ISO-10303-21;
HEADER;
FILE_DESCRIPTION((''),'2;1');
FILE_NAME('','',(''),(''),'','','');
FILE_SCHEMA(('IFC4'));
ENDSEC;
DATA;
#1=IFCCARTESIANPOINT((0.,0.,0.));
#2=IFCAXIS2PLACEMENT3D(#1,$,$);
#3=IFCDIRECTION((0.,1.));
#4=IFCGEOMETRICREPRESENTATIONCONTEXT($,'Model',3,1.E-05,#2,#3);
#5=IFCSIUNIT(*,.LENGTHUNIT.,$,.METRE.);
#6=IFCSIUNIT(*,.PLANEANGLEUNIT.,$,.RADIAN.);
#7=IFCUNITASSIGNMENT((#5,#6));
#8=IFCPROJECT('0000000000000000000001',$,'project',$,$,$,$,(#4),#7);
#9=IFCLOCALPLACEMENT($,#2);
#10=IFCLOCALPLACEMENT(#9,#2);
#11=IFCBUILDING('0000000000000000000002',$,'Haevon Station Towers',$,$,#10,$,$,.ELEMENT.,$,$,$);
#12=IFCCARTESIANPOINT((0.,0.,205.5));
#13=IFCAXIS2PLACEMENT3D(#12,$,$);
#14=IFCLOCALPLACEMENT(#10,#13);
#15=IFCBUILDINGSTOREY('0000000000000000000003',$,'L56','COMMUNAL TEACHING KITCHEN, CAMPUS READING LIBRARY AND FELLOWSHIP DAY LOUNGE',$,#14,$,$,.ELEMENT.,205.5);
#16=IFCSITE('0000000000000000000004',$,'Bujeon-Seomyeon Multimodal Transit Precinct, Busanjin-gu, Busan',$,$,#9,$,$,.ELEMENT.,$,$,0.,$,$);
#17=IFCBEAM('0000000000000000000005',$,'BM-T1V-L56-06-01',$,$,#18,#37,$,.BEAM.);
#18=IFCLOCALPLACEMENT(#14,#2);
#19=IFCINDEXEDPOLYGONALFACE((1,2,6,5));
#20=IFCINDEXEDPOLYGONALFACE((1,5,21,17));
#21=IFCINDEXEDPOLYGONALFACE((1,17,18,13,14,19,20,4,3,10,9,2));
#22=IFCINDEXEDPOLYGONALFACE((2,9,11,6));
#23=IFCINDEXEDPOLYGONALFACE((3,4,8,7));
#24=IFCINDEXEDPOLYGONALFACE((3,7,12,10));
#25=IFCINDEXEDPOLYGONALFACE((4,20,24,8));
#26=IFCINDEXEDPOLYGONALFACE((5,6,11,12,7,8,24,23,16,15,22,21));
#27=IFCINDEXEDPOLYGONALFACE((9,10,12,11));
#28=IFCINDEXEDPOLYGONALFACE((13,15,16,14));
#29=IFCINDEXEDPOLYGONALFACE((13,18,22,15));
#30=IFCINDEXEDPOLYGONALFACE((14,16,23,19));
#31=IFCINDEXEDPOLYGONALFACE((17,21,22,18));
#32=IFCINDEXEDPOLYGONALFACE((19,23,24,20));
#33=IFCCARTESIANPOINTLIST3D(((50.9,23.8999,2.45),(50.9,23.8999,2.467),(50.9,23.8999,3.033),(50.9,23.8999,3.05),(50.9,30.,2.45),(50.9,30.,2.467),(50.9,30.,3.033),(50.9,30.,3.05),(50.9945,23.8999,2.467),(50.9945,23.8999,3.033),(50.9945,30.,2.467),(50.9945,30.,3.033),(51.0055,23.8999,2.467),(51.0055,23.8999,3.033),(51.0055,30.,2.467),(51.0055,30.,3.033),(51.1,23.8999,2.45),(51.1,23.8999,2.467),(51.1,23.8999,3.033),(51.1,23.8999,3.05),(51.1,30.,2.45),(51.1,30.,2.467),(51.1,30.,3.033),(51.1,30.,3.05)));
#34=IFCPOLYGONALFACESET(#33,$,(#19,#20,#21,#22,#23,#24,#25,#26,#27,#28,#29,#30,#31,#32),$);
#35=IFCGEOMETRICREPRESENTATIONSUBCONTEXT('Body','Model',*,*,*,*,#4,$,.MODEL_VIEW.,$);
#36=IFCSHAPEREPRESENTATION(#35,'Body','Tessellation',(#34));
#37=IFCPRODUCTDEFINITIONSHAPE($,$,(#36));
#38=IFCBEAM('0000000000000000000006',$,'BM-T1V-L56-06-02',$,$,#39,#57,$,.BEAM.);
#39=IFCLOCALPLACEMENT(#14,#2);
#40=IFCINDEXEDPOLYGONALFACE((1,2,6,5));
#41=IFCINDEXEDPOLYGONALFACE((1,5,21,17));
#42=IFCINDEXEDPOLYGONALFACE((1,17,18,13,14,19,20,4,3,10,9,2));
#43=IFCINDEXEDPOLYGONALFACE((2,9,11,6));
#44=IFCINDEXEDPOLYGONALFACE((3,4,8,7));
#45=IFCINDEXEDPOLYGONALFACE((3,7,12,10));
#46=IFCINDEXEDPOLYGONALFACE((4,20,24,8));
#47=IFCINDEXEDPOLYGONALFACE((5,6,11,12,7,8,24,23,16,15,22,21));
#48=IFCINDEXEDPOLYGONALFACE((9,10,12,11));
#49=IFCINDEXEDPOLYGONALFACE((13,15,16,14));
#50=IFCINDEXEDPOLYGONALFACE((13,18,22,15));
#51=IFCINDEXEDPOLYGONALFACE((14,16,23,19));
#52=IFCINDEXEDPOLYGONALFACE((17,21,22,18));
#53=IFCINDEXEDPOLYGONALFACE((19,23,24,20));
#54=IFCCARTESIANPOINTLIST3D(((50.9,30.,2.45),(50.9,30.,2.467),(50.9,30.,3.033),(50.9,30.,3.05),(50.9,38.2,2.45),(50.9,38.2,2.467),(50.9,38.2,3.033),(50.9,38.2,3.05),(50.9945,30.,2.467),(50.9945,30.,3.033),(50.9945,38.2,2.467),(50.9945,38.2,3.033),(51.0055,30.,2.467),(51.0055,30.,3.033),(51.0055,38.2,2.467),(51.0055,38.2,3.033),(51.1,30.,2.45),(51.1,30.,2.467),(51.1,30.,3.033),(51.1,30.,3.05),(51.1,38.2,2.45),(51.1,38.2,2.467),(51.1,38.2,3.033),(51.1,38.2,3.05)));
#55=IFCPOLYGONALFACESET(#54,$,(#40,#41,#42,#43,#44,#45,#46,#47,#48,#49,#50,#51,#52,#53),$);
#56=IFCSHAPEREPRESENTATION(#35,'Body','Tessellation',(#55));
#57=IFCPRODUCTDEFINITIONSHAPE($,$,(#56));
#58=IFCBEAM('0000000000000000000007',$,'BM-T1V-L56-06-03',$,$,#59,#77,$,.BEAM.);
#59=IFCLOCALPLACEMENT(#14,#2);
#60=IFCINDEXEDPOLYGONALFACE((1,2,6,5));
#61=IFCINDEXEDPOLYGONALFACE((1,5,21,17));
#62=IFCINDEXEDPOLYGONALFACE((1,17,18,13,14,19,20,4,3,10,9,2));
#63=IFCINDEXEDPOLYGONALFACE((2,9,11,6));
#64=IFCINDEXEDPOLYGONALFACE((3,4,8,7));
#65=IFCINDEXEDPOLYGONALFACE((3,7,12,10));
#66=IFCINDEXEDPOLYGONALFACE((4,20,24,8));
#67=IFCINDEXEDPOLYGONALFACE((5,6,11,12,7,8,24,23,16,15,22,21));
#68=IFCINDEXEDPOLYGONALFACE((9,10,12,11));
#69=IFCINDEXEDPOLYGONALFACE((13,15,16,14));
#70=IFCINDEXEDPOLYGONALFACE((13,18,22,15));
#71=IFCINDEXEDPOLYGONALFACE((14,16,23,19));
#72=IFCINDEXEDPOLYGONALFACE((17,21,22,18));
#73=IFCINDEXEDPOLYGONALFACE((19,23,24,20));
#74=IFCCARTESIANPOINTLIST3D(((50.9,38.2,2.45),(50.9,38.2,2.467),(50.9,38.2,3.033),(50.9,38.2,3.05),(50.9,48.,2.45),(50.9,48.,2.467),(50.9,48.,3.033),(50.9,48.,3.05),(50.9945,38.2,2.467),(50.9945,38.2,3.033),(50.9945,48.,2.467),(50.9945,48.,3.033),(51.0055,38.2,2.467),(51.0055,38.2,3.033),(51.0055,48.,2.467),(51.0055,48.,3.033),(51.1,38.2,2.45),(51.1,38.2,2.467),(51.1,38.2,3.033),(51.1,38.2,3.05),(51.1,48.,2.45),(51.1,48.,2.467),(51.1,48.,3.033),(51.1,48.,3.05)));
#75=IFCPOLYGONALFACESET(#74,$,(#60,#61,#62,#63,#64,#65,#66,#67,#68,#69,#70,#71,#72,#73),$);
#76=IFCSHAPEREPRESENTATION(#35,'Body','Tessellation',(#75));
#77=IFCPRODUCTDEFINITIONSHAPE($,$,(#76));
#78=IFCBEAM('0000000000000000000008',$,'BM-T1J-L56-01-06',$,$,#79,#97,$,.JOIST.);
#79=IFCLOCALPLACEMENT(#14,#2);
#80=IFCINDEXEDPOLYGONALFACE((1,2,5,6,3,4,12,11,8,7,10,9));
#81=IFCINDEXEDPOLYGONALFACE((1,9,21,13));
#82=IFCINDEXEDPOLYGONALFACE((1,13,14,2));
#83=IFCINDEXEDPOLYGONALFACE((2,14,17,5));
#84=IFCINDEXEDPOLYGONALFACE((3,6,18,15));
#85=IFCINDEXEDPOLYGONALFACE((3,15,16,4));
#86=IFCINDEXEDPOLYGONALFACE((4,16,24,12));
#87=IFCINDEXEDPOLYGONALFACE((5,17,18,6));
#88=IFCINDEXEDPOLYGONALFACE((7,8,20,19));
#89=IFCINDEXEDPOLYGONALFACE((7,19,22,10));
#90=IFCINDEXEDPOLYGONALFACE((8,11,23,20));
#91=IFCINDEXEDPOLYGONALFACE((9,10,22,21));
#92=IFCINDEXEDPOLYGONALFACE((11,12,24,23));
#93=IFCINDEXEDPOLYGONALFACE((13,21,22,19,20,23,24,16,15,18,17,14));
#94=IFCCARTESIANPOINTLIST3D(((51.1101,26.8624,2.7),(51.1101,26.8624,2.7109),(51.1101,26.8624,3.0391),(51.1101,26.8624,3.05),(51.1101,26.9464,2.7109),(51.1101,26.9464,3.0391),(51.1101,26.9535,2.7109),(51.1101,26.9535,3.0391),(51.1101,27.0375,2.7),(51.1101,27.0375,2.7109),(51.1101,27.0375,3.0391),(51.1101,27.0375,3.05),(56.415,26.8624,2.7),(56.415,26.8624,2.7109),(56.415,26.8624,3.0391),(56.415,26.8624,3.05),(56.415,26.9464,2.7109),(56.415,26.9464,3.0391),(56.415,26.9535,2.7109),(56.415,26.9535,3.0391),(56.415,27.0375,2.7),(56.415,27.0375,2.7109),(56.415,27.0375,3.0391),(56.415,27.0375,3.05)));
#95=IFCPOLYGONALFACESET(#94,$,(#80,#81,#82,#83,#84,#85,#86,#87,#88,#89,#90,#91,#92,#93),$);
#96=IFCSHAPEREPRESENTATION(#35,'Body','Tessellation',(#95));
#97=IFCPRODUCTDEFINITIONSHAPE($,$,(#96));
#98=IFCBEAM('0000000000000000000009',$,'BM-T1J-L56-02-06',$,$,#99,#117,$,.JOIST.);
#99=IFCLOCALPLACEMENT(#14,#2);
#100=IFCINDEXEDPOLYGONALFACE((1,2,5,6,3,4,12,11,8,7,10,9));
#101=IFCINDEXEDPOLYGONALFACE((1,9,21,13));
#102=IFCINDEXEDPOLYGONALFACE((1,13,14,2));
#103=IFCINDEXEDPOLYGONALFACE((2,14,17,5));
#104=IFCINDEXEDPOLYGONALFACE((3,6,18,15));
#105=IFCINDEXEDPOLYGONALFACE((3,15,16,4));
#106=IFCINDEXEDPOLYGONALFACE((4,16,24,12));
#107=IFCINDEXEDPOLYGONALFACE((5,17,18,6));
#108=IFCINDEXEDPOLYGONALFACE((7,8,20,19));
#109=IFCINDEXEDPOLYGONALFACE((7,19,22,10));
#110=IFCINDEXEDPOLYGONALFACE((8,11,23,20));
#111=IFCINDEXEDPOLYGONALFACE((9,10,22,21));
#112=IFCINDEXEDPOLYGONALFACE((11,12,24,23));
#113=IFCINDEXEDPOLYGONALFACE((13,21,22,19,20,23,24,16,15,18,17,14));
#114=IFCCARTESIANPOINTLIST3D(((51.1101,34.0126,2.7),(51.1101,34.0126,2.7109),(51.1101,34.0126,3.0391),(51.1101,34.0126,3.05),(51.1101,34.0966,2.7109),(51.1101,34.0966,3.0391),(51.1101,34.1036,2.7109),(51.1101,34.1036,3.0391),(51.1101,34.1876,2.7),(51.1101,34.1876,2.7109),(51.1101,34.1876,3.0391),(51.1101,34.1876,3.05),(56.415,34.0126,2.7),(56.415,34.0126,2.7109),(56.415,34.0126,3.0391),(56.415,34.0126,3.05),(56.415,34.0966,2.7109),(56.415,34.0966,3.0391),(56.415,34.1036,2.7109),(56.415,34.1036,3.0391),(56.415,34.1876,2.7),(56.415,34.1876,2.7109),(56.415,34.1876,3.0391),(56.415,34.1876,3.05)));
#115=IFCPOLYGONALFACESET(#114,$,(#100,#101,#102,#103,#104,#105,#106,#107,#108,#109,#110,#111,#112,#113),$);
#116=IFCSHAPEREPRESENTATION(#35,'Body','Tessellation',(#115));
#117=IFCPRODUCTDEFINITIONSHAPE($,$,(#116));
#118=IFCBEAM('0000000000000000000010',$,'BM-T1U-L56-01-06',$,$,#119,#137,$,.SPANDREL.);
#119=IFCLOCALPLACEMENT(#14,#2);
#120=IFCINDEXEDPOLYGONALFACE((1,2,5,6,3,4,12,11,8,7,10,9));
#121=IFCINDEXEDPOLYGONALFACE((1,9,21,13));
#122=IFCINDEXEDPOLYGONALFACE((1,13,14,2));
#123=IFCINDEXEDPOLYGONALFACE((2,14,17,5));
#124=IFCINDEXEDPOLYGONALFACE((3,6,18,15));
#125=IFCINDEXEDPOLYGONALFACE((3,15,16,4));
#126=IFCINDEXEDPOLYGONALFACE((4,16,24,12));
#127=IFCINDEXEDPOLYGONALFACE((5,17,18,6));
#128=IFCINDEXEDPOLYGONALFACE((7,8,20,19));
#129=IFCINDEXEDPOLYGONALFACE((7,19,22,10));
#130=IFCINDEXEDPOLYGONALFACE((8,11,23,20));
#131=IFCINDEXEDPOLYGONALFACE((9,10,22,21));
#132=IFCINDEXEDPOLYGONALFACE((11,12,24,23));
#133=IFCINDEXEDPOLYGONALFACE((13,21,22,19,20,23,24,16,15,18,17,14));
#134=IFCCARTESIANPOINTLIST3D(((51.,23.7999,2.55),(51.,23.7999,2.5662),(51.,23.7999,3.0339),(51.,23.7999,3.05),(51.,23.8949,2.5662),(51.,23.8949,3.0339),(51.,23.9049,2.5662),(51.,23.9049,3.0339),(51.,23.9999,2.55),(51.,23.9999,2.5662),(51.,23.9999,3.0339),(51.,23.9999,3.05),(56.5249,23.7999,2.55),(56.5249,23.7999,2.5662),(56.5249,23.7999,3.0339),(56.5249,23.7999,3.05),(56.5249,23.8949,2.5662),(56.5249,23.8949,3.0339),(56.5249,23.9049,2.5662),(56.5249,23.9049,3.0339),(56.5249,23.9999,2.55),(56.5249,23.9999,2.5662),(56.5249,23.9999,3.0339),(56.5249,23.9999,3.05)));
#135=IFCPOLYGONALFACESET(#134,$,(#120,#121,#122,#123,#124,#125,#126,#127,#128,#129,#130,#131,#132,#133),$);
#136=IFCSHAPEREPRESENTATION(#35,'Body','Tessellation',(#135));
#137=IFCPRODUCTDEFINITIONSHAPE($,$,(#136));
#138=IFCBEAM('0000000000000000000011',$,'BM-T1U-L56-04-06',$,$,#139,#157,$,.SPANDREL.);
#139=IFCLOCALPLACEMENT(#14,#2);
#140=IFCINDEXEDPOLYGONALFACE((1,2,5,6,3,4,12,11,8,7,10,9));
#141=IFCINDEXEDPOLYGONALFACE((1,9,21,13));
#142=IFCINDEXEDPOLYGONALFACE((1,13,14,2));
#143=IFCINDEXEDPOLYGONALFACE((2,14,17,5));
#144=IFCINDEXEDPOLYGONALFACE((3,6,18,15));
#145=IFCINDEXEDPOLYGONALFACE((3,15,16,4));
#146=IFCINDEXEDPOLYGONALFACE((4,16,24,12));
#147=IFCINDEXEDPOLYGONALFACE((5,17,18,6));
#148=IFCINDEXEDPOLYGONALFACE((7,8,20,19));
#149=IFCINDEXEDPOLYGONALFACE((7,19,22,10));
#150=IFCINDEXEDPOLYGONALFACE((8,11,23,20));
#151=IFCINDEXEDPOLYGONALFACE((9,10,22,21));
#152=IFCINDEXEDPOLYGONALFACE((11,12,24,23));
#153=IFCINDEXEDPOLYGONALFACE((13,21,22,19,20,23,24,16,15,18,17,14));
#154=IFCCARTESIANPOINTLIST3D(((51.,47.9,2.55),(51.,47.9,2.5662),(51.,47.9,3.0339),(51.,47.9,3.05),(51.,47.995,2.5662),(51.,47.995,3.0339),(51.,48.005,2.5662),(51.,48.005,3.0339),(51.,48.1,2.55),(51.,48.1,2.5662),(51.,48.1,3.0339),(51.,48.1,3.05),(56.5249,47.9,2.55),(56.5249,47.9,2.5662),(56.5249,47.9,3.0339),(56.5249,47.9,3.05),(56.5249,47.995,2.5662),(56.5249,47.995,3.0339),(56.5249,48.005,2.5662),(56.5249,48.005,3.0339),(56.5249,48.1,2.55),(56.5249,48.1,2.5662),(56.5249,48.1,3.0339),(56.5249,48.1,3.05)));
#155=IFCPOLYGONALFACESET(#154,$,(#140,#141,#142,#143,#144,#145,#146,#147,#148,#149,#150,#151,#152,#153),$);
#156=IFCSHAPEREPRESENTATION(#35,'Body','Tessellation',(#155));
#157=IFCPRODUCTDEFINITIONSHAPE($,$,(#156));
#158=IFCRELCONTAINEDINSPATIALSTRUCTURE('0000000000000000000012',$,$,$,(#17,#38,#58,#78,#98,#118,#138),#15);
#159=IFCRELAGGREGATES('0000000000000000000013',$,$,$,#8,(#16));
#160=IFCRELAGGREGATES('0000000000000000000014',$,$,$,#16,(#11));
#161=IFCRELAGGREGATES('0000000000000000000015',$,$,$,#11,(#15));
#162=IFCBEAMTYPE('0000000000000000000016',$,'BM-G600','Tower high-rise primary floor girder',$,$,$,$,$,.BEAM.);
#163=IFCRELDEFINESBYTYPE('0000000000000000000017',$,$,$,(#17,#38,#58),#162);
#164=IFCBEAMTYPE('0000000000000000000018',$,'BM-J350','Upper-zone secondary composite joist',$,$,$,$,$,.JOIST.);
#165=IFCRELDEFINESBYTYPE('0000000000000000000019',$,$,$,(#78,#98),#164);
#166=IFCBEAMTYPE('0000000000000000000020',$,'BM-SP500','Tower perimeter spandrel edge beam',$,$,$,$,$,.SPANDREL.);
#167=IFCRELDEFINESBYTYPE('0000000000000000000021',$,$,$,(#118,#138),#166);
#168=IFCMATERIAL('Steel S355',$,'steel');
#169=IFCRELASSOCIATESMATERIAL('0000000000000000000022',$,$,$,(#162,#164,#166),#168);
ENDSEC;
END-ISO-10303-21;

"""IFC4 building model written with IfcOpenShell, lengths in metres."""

from ifc_helpers import new_model, si_unit, direction, frame, origin, origin_2d, place, context, subcontext, project, spatial, i_section, extrude, material, material_profile, profile_set, type_object, element, save


model = new_model("IFC4")

# Units and contexts
model_context = context("Model", 3, precision=1e-05, world=origin(), true_north=direction((0.0, 1.0)))
body_context = subcontext(model_context, "Body", "Model", "MODEL_VIEW")
ifc_project = project(units=[si_unit("LENGTHUNIT", "METRE"), si_unit("PLANEANGLEUNIT", "RADIAN")], contexts=[model_context])

# Site, building, storey
site_placement = place(None, origin())
site = spatial("IfcSite", under=ifc_project, at=site_placement, Name="Bujeon-Seomyeon Multimodal Transit Precinct, Busanjin-gu, Busan", CompositionType="ELEMENT", RefElevation=0.0)
building_placement = place(site_placement, origin())
building = spatial("IfcBuilding", under=site, at=building_placement, Name="Haevon Station Towers", CompositionType="ELEMENT")
storey_placement = place(building_placement, frame((0.0, 0.0, 205.5)))
storey = spatial("IfcBuildingStorey", under=building, at=storey_placement, Name="L56", Description="COMMUNAL TEACHING KITCHEN, CAMPUS READING LIBRARY AND FELLOWSHIP DAY LOUNGE", CompositionType="ELEMENT", Elevation=205.5)

# Shared definitions
ifc_material_1 = material(Name="Steel S355", Category="steel")

# Beams
ifc_material_profile_1 = material_profile(ifc_material_1, i_section(OverallWidth=0.2, OverallDepth=0.6001, WebThickness=0.011, FlangeThickness=0.0171, at=origin_2d()), Name="H-600x200x11x17")
ifc_profile_set_1 = profile_set([ifc_material_profile_1], Name="Steel S355")
beam_type_1 = type_object("IfcBeamType", Name="BM-G600", Description="Tower high-rise primary floor girder", PredefinedType="BEAM", material=ifc_profile_set_1)
beam_1_placement = place(storey_placement, frame((51.0, 23.8999, 2.75), z_axis=(0.0, 1.0, 0.0), x_axis=(-1.0, 0.0, 0.0)))
element("IfcBeam", 1, at=beam_1_placement, inside=storey, type_object=beam_type_1, Name="BM-T1V-L56-06-01", PredefinedType="BEAM", context=body_context, shape_type="SweptSolid", body=[
    extrude(i_section(OverallWidth=0.2, OverallDepth=0.6001, WebThickness=0.011, FlangeThickness=0.0171, at=origin_2d()), origin(), (0.0, 0.0, 1.0), 6.1001),
])
beam_2_placement = place(storey_placement, frame((51.0, 30.0, 2.75), z_axis=(0.0, 1.0, 0.0), x_axis=(-1.0, 0.0, 0.0)))
element("IfcBeam", 2, at=beam_2_placement, inside=storey, type_object=beam_type_1, Name="BM-T1V-L56-06-02", PredefinedType="BEAM", context=body_context, shape_type="SweptSolid", body=[
    extrude(i_section(OverallWidth=0.2, OverallDepth=0.6001, WebThickness=0.011, FlangeThickness=0.0171, at=origin_2d()), origin(), (0.0, 0.0, 1.0), 8.2),
])
beam_3_placement = place(storey_placement, frame((51.0, 38.2, 2.75), z_axis=(0.0, 1.0, 0.0), x_axis=(-1.0, 0.0, 0.0)))
element("IfcBeam", 3, at=beam_3_placement, inside=storey, type_object=beam_type_1, Name="BM-T1V-L56-06-03", PredefinedType="BEAM", context=body_context, shape_type="SweptSolid", body=[
    extrude(i_section(OverallWidth=0.2, OverallDepth=0.6001, WebThickness=0.011, FlangeThickness=0.0171, at=origin_2d()), origin(), (0.0, 0.0, 1.0), 9.8),
])
ifc_material_profile_2 = material_profile(ifc_material_1, i_section(OverallWidth=0.175, OverallDepth=0.3501, WebThickness=0.0071, FlangeThickness=0.011, at=origin_2d()), Name="H-350x175x7x11")
ifc_profile_set_2 = profile_set([ifc_material_profile_2], Name="Steel S355")
beam_type_2 = type_object("IfcBeamType", Name="BM-J350", Description="Upper-zone secondary composite joist", PredefinedType="JOIST", material=ifc_profile_set_2)
for number, where, z_axis, x_axis, name in (
    (4, (51.1101, 26.95, 2.875), (1.0, 0.0, 0.0), (0.0, 1.0, 0.0), "BM-T1J-L56-01-06"),
    (5, (51.1101, 34.1001, 2.875), (1.0, 0.0, 0.0), (0.0, 1.0, 0.0), "BM-T1J-L56-02-06"),
):
    element("IfcBeam", number, at=place(storey_placement, frame(where, z_axis=z_axis, x_axis=x_axis)), inside=storey, type_object=beam_type_2, Name=name, PredefinedType="JOIST", context=body_context, shape_type="SweptSolid", body=[
        extrude(i_section(OverallWidth=0.175, OverallDepth=0.3501, WebThickness=0.0071, FlangeThickness=0.011, at=origin_2d()), origin(), (0.0, 0.0, 1.0), 5.3049),
    ])
ifc_material_profile_3 = material_profile(ifc_material_1, i_section(OverallWidth=0.2, OverallDepth=0.5, WebThickness=0.01, FlangeThickness=0.0161, at=origin_2d()), Name="H-500x200x10x16")
ifc_profile_set_3 = profile_set([ifc_material_profile_3], Name="Steel S355")
beam_type_3 = type_object("IfcBeamType", Name="BM-SP500", Description="Tower perimeter spandrel edge beam", PredefinedType="SPANDREL", material=ifc_profile_set_3)
for number, where, z_axis, x_axis, name in (
    (6, (51.0, 23.8999, 2.8), (1.0, 0.0, 0.0), (0.0, 1.0, 0.0), "BM-T1U-L56-01-06"),
    (7, (51.0, 48.0, 2.8), (1.0, 0.0, 0.0), (0.0, 1.0, 0.0), "BM-T1U-L56-04-06"),
):
    element("IfcBeam", number, at=place(storey_placement, frame(where, z_axis=z_axis, x_axis=x_axis)), inside=storey, type_object=beam_type_3, Name=name, PredefinedType="SPANDREL", context=body_context, shape_type="SweptSolid", body=[
        extrude(i_section(OverallWidth=0.2, OverallDepth=0.5, WebThickness=0.01, FlangeThickness=0.0161, at=origin_2d()), origin(), (0.0, 0.0, 1.0), 5.5249),
    ])

save(model, "model.ifc")
